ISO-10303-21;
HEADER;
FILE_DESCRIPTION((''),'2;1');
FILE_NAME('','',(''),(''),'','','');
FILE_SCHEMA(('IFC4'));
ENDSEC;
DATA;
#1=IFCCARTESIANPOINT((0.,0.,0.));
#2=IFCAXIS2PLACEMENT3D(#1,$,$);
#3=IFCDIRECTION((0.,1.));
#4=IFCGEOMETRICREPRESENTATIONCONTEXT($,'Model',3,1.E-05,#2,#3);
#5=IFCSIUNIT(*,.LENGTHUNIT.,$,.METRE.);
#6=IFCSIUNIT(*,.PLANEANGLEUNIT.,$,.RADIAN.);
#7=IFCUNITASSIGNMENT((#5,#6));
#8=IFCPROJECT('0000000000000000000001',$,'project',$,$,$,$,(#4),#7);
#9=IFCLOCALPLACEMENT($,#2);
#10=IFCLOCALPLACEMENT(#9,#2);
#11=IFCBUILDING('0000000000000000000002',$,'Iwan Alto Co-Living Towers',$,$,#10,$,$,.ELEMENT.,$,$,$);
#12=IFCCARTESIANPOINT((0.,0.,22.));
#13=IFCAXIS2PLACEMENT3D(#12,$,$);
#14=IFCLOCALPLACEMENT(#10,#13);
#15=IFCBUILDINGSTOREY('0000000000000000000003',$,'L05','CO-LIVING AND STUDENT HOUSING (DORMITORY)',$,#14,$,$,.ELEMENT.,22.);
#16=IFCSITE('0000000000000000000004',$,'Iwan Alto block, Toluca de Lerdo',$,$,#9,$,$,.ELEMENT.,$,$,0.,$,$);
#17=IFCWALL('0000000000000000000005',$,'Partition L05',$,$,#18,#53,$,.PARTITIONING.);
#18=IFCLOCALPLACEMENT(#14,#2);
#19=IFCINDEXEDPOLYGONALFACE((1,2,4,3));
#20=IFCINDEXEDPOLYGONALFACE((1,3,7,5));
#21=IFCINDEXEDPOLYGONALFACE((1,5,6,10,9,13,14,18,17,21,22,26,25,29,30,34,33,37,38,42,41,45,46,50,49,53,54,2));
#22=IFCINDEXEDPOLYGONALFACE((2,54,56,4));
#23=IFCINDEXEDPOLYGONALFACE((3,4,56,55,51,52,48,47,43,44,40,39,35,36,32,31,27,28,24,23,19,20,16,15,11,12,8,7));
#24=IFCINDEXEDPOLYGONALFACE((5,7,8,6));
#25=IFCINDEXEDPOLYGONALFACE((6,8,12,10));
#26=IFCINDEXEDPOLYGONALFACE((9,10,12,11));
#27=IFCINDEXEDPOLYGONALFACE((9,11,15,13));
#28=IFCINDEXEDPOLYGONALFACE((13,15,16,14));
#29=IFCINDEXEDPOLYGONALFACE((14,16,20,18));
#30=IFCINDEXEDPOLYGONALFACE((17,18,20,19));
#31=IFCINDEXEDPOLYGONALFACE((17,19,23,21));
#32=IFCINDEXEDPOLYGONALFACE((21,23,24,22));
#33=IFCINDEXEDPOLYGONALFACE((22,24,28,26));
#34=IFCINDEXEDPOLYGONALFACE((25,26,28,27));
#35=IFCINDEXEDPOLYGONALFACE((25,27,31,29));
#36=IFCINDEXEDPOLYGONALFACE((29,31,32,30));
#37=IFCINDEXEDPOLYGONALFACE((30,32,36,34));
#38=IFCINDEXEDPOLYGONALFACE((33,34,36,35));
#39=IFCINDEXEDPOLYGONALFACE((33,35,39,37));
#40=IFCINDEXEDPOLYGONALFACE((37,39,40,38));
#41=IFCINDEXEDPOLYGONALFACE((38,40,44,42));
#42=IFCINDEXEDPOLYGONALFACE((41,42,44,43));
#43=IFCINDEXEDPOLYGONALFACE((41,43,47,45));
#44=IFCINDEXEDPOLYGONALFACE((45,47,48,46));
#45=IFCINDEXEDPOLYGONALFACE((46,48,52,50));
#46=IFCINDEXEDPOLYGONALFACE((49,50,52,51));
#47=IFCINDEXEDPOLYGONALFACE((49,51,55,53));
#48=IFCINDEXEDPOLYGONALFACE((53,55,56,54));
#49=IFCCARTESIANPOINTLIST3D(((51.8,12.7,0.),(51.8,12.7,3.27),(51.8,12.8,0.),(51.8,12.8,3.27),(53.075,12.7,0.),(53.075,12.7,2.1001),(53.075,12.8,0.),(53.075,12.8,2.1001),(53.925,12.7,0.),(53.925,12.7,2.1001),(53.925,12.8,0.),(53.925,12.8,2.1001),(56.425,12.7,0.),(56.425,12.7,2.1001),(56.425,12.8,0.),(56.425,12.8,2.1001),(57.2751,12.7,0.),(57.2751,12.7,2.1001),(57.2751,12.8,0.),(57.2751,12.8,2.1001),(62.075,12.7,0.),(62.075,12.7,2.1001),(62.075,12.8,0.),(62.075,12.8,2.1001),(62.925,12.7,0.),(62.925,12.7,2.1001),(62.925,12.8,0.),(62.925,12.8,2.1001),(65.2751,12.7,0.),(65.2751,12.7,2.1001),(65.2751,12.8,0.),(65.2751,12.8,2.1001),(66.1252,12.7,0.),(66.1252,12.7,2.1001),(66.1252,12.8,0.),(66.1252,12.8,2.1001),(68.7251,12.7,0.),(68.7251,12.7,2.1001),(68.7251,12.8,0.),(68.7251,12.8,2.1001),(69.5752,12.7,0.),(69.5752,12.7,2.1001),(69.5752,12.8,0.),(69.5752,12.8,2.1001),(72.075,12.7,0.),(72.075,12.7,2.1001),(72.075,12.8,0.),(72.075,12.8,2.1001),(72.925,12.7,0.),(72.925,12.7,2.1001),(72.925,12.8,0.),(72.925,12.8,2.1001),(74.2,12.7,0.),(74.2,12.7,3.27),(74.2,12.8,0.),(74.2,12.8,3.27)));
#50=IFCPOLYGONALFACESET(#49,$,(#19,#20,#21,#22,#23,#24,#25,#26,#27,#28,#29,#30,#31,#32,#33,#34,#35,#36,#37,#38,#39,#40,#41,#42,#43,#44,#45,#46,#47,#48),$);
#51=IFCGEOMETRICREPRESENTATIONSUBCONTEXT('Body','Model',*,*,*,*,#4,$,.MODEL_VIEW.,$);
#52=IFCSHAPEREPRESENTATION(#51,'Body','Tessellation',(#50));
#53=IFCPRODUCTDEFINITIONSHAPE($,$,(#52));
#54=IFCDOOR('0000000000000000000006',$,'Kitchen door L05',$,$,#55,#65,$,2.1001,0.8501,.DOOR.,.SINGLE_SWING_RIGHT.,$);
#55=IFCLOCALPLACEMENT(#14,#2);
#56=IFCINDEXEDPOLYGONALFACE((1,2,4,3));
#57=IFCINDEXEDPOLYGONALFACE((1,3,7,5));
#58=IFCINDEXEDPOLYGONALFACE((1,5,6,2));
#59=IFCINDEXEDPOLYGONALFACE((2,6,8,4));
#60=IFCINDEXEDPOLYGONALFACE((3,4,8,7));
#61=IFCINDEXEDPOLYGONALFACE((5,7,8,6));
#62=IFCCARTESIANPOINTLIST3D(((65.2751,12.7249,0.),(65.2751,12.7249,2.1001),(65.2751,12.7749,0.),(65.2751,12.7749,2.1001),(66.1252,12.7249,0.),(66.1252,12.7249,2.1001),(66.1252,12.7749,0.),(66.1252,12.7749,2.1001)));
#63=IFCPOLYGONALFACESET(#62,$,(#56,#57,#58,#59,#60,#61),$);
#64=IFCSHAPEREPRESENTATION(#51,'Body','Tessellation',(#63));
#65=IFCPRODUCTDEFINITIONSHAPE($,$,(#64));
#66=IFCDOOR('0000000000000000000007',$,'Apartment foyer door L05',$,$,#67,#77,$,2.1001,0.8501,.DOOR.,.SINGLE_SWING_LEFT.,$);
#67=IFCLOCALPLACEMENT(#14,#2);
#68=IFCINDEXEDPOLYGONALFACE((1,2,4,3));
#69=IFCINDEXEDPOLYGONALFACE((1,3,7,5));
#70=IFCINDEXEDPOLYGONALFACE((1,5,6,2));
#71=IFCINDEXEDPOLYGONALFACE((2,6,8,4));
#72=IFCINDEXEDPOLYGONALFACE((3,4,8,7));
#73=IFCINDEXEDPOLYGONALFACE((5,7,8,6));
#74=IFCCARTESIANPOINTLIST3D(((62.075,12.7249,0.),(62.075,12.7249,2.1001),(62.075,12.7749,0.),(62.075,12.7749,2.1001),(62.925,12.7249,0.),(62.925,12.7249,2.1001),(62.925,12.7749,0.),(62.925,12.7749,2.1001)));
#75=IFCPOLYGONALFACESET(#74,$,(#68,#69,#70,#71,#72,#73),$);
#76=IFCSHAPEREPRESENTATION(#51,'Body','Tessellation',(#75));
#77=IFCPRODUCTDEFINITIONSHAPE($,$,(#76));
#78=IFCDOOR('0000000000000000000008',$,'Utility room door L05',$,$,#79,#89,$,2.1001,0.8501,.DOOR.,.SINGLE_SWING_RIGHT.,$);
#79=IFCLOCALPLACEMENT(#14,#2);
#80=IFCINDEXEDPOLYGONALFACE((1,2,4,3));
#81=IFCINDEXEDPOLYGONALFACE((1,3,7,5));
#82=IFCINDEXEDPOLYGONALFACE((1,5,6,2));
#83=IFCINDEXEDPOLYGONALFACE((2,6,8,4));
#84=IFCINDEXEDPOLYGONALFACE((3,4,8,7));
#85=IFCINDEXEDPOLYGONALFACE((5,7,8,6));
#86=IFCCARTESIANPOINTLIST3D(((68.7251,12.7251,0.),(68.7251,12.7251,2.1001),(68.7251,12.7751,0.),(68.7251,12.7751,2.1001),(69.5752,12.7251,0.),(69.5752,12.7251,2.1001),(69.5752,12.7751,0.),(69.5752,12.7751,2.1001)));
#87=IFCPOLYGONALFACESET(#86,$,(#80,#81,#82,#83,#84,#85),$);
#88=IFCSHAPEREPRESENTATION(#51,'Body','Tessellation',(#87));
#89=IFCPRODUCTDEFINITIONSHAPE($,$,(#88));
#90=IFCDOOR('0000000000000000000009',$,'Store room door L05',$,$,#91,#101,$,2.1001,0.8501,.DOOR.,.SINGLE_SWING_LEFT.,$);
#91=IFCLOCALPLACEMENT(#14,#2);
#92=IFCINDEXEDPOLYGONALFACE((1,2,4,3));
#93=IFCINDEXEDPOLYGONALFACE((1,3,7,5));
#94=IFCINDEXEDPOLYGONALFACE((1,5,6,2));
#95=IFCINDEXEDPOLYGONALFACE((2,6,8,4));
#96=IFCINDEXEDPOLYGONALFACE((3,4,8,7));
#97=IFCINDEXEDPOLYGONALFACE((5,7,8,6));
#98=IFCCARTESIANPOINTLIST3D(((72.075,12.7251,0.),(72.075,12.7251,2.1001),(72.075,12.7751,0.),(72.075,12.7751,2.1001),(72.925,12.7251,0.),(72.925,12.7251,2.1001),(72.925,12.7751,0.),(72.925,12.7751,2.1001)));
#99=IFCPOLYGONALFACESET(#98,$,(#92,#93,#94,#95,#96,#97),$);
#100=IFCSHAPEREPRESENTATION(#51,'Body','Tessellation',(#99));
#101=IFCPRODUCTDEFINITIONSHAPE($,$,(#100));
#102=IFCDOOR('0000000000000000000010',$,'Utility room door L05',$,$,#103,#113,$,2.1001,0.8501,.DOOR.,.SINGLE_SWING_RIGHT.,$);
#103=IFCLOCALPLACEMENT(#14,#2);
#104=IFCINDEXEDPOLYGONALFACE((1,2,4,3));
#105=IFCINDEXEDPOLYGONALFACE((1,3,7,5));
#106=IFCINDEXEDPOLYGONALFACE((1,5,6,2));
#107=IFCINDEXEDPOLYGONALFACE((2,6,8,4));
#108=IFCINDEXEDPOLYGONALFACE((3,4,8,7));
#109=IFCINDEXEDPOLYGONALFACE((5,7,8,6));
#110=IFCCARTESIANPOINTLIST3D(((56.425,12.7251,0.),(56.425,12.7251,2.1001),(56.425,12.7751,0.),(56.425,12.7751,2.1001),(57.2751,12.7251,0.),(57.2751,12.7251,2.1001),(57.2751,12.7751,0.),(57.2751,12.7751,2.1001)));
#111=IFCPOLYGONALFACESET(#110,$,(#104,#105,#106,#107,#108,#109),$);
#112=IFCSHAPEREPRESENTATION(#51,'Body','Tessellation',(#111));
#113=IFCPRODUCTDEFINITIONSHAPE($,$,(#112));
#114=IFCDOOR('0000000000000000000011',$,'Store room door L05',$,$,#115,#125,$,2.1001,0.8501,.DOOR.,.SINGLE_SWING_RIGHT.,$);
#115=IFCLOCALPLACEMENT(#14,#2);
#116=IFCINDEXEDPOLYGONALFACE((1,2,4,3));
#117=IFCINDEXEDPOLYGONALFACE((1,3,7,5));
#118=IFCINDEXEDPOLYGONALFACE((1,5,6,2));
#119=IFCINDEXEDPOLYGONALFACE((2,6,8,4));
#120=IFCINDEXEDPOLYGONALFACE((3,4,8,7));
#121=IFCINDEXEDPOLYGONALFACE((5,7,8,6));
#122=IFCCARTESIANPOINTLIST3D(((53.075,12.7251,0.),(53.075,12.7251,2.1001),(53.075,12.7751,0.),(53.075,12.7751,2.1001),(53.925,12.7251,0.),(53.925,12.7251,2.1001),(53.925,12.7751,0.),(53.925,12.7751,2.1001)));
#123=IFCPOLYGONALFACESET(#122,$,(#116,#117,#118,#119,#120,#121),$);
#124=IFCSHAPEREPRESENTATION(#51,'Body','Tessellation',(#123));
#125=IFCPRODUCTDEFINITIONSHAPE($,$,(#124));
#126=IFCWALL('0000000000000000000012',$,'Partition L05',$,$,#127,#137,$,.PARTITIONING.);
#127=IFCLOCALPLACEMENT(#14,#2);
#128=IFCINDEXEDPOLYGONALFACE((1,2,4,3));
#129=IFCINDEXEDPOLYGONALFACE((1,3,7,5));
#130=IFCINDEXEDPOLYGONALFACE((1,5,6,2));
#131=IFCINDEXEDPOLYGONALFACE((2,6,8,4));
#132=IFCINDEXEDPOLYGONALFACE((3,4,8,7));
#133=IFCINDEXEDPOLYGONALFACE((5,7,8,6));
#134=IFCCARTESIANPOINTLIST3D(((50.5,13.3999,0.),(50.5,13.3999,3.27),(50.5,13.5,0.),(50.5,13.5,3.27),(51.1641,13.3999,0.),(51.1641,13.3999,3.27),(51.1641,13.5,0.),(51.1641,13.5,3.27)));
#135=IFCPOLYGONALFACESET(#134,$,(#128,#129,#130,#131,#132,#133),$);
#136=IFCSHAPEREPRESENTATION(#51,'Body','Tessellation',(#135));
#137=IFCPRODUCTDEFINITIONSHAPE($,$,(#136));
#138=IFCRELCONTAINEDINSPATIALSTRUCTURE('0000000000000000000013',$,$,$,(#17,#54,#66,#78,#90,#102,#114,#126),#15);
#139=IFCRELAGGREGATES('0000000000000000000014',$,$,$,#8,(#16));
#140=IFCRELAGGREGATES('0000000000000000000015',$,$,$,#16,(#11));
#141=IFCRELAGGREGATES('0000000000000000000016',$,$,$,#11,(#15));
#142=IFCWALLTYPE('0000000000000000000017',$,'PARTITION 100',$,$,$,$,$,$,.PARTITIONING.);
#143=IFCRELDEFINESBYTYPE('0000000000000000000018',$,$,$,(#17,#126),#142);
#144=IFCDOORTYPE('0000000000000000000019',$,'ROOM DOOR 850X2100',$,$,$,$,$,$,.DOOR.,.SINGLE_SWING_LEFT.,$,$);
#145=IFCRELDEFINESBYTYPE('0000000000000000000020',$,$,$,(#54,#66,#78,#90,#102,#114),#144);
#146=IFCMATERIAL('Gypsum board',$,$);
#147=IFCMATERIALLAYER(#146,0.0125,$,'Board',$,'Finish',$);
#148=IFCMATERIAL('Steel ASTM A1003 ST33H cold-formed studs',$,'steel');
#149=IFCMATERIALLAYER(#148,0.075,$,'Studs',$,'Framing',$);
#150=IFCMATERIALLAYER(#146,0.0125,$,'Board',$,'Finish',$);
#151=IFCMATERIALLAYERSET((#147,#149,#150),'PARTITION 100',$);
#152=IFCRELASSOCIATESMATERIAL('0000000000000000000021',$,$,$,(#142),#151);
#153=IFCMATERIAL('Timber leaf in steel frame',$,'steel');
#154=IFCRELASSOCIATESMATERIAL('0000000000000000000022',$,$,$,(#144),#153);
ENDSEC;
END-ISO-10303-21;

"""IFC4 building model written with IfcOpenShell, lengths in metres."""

from ifc_helpers import new_model, si_unit, direction, frame, frame_2d, origin, place, context, subcontext, project, spatial, rectangle, extrude, material, layer, layer_set, type_object, element, fill, save


model = new_model("IFC4")

# Units and contexts
model_context = context("Model", 3, precision=1e-05, world=origin(), true_north=direction((0.0, 1.0)))
body_context = subcontext(model_context, "Body", "Model", "MODEL_VIEW")
ifc_project = project(units=[si_unit("LENGTHUNIT", "METRE"), si_unit("PLANEANGLEUNIT", "RADIAN")], contexts=[model_context])

# Site, building, storey
site_placement = place(None, origin())
site = spatial("IfcSite", under=ifc_project, at=site_placement, Name="Iwan Alto block, Toluca de Lerdo", CompositionType="ELEMENT", RefElevation=0.0)
building_placement = place(site_placement, origin())
building = spatial("IfcBuilding", under=site, at=building_placement, Name="Iwan Alto Co-Living Towers", CompositionType="ELEMENT")
storey_placement = place(building_placement, frame((0.0, 0.0, 22.0)))
storey = spatial("IfcBuildingStorey", under=building, at=storey_placement, Name="L05", Description="CO-LIVING AND STUDENT HOUSING (DORMITORY)", CompositionType="ELEMENT", Elevation=22.0)

# Shared definitions
ifc_material_1 = material(Name="Gypsum board")
ifc_material_2 = material(Name="Steel ASTM A1003 ST33H cold-formed studs", Category="steel")

# Wall, openings, doors
ifc_layer_1 = layer(ifc_material_1, 0.0125, Name="Board", Category="Finish")
ifc_layer_2 = layer(ifc_material_2, 0.075, Name="Studs", Category="Framing")
ifc_layer_3 = layer(ifc_material_1, 0.0125, Name="Board", Category="Finish")
ifc_layer_set_1 = layer_set([ifc_layer_1, ifc_layer_2, ifc_layer_3], Name="PARTITION 100")
wall_type_1 = type_object("IfcWallType", Name="PARTITION 100", PredefinedType="PARTITIONING", material=ifc_layer_set_1)
wall_1_placement = place(storey_placement, frame((51.8, 12.75, 0.0), z_axis=(0.0, 0.0, 1.0), x_axis=(1.0, 0.0, 0.0)))
wall_1 = element("IfcWall", 1, at=wall_1_placement, inside=storey, type_object=wall_type_1, Name="Partition L05", PredefinedType="PARTITIONING", context=body_context, shape_type="SweptSolid", body=[
    extrude(rectangle(XDim=22.3999, YDim=0.1001, at=frame_2d((11.2, 0.0))), origin(), (0.0, 0.0, 1.0), 3.27),
])
opening_1_placement = place(wall_1_placement, frame((13.4751, 0.0, 0.0)))
opening_1 = element("IfcOpeningElement", 2, at=opening_1_placement, cuts=wall_1, PredefinedType="OPENING", context=body_context, shape_type="SweptSolid", body=[
    extrude(rectangle(XDim=0.8501, YDim=2.1001, at=frame_2d((0.425, 1.05))), frame((0.0, 0.0601, 0.0), z_axis=(0.0, -1.0, 0.0), x_axis=(1.0, 0.0, 0.0)), (0.0, 0.0, 1.0), 0.1201),
])
opening_2_placement = place(wall_1_placement, frame((10.2749, 0.0, 0.0)))
opening_2 = element("IfcOpeningElement", 3, at=opening_2_placement, cuts=wall_1, PredefinedType="OPENING", context=body_context, shape_type="SweptSolid", body=[
    extrude(rectangle(XDim=0.8501, YDim=2.1001, at=frame_2d((0.425, 1.05))), frame((0.0, 0.0601, 0.0), z_axis=(0.0, -1.0, 0.0), x_axis=(1.0, 0.0, 0.0)), (0.0, 0.0, 1.0), 0.1201),
])
opening_3_placement = place(wall_1_placement, frame((16.925, 0.0, 0.0)))
opening_3 = element("IfcOpeningElement", 4, at=opening_3_placement, cuts=wall_1, PredefinedType="OPENING", context=body_context, shape_type="SweptSolid", body=[
    extrude(rectangle(XDim=0.8501, YDim=2.1001, at=frame_2d((0.425, 1.05))), frame((0.0, 0.0601, 0.0), z_axis=(0.0, -1.0, 0.0), x_axis=(1.0, 0.0, 0.0)), (0.0, 0.0, 1.0), 0.1201),
])
opening_4_placement = place(wall_1_placement, frame((20.2749, 0.0, 0.0)))
opening_4 = element("IfcOpeningElement", 5, at=opening_4_placement, cuts=wall_1, PredefinedType="OPENING", context=body_context, shape_type="SweptSolid", body=[
    extrude(rectangle(XDim=0.8501, YDim=2.1001, at=frame_2d((0.425, 1.05))), frame((0.0, 0.0601, 0.0), z_axis=(0.0, -1.0, 0.0), x_axis=(1.0, 0.0, 0.0)), (0.0, 0.0, 1.0), 0.1201),
])
opening_5_placement = place(wall_1_placement, frame((4.625, 0.0, 0.0)))
opening_5 = element("IfcOpeningElement", 6, at=opening_5_placement, cuts=wall_1, PredefinedType="OPENING", context=body_context, shape_type="SweptSolid", body=[
    extrude(rectangle(XDim=0.8501, YDim=2.1001, at=frame_2d((0.425, 1.05))), frame((0.0, 0.0601, 0.0), z_axis=(0.0, -1.0, 0.0), x_axis=(1.0, 0.0, 0.0)), (0.0, 0.0, 1.0), 0.1201),
])
opening_6_placement = place(wall_1_placement, frame((1.2749, 0.0, 0.0)))
opening_6 = element("IfcOpeningElement", 7, at=opening_6_placement, cuts=wall_1, PredefinedType="OPENING", context=body_context, shape_type="SweptSolid", body=[
    extrude(rectangle(XDim=0.8501, YDim=2.1001, at=frame_2d((0.425, 1.05))), frame((0.0, 0.0601, 0.0), z_axis=(0.0, -1.0, 0.0), x_axis=(1.0, 0.0, 0.0)), (0.0, 0.0, 1.0), 0.1201),
])
ifc_material_3 = material(Name="Timber leaf in steel frame", Category="steel")
door_type_1 = type_object("IfcDoorType", Name="ROOM DOOR 850X2100", OperationType="SINGLE_SWING_LEFT", PredefinedType="DOOR", material=ifc_material_3)
door_1_placement = place(opening_1_placement, origin())
door_1 = element("IfcDoor", 8, at=door_1_placement, inside=storey, type_object=door_type_1, Name="Kitchen door L05", OperationType="SINGLE_SWING_RIGHT", OverallHeight=2.1001, OverallWidth=0.8501, PredefinedType="DOOR", context=body_context, shape_type="SweptSolid", body=[
    extrude(rectangle(XDim=0.8501, YDim=2.1001, at=frame_2d((0.425, 1.05))), frame((0.0, 0.0249, 0.0), z_axis=(0.0, -1.0, 0.0), x_axis=(1.0, 0.0, 0.0)), (0.0, 0.0, 1.0), 0.05),
])
fill(opening_1, door_1)
door_2_placement = place(opening_2_placement, origin())
door_2 = element("IfcDoor", 9, at=door_2_placement, inside=storey, type_object=door_type_1, Name="Apartment foyer door L05", OperationType="SINGLE_SWING_LEFT", OverallHeight=2.1001, OverallWidth=0.8501, PredefinedType="DOOR", context=body_context, shape_type="SweptSolid", body=[
    extrude(rectangle(XDim=0.8501, YDim=2.1001, at=frame_2d((0.425, 1.05))), frame((0.0, 0.0249, 0.0), z_axis=(0.0, -1.0, 0.0), x_axis=(1.0, 0.0, 0.0)), (0.0, 0.0, 1.0), 0.05),
])
fill(opening_2, door_2)
door_3_placement = place(opening_3_placement, frame((0.8501, 0.0, 0.0), z_axis=(0.0, 0.0, 1.0), x_axis=(-1.0, 0.0, 0.0)))
door_3 = element("IfcDoor", 10, at=door_3_placement, inside=storey, type_object=door_type_1, Name="Utility room door L05", OperationType="SINGLE_SWING_RIGHT", OverallHeight=2.1001, OverallWidth=0.8501, PredefinedType="DOOR", context=body_context, shape_type="SweptSolid", body=[
    extrude(rectangle(XDim=0.8501, YDim=2.1001, at=frame_2d((0.425, 1.05))), frame((0.0, 0.0249, 0.0), z_axis=(0.0, -1.0, 0.0), x_axis=(1.0, 0.0, 0.0)), (0.0, 0.0, 1.0), 0.05),
])
fill(opening_3, door_3)
door_4_placement = place(opening_4_placement, frame((0.8501, 0.0, 0.0), z_axis=(0.0, 0.0, 1.0), x_axis=(-1.0, 0.0, 0.0)))
door_4 = element("IfcDoor", 11, at=door_4_placement, inside=storey, type_object=door_type_1, Name="Store room door L05", OperationType="SINGLE_SWING_LEFT", OverallHeight=2.1001, OverallWidth=0.8501, PredefinedType="DOOR", context=body_context, shape_type="SweptSolid", body=[
    extrude(rectangle(XDim=0.8501, YDim=2.1001, at=frame_2d((0.425, 1.05))), frame((0.0, 0.0249, 0.0), z_axis=(0.0, -1.0, 0.0), x_axis=(1.0, 0.0, 0.0)), (0.0, 0.0, 1.0), 0.05),
])
fill(opening_4, door_4)
door_5_placement = place(opening_5_placement, frame((0.8501, 0.0, 0.0), z_axis=(0.0, 0.0, 1.0), x_axis=(-1.0, 0.0, 0.0)))
door_5 = element("IfcDoor", 12, at=door_5_placement, inside=storey, type_object=door_type_1, Name="Utility room door L05", OperationType="SINGLE_SWING_RIGHT", OverallHeight=2.1001, OverallWidth=0.8501, PredefinedType="DOOR", context=body_context, shape_type="SweptSolid", body=[
    extrude(rectangle(XDim=0.8501, YDim=2.1001, at=frame_2d((0.425, 1.05))), frame((0.0, 0.0249, 0.0), z_axis=(0.0, -1.0, 0.0), x_axis=(1.0, 0.0, 0.0)), (0.0, 0.0, 1.0), 0.05),
])
fill(opening_5, door_5)
door_6_placement = place(opening_6_placement, frame((0.8501, 0.0, 0.0), z_axis=(0.0, 0.0, 1.0), x_axis=(-1.0, 0.0, 0.0)))
door_6 = element("IfcDoor", 13, at=door_6_placement, inside=storey, type_object=door_type_1, Name="Store room door L05", OperationType="SINGLE_SWING_RIGHT", OverallHeight=2.1001, OverallWidth=0.8501, PredefinedType="DOOR", context=body_context, shape_type="SweptSolid", body=[
    extrude(rectangle(XDim=0.8501, YDim=2.1001, at=frame_2d((0.425, 1.05))), frame((0.0, 0.0249, 0.0), z_axis=(0.0, -1.0, 0.0), x_axis=(1.0, 0.0, 0.0)), (0.0, 0.0, 1.0), 0.05),
])
fill(opening_6, door_6)

# Wall
wall_2_placement = place(storey_placement, frame((50.5, 13.45, 0.0), z_axis=(0.0, 0.0, 1.0), x_axis=(1.0, 0.0, 0.0)))
element("IfcWall", 14, at=wall_2_placement, inside=storey, type_object=wall_type_1, Name="Partition L05", PredefinedType="PARTITIONING", context=body_context, shape_type="SweptSolid", body=[
    extrude(rectangle(XDim=0.6641, YDim=0.1001, at=frame_2d((0.332, 0.0))), origin(), (0.0, 0.0, 1.0), 3.27),
])

save(model, "model.ifc")
